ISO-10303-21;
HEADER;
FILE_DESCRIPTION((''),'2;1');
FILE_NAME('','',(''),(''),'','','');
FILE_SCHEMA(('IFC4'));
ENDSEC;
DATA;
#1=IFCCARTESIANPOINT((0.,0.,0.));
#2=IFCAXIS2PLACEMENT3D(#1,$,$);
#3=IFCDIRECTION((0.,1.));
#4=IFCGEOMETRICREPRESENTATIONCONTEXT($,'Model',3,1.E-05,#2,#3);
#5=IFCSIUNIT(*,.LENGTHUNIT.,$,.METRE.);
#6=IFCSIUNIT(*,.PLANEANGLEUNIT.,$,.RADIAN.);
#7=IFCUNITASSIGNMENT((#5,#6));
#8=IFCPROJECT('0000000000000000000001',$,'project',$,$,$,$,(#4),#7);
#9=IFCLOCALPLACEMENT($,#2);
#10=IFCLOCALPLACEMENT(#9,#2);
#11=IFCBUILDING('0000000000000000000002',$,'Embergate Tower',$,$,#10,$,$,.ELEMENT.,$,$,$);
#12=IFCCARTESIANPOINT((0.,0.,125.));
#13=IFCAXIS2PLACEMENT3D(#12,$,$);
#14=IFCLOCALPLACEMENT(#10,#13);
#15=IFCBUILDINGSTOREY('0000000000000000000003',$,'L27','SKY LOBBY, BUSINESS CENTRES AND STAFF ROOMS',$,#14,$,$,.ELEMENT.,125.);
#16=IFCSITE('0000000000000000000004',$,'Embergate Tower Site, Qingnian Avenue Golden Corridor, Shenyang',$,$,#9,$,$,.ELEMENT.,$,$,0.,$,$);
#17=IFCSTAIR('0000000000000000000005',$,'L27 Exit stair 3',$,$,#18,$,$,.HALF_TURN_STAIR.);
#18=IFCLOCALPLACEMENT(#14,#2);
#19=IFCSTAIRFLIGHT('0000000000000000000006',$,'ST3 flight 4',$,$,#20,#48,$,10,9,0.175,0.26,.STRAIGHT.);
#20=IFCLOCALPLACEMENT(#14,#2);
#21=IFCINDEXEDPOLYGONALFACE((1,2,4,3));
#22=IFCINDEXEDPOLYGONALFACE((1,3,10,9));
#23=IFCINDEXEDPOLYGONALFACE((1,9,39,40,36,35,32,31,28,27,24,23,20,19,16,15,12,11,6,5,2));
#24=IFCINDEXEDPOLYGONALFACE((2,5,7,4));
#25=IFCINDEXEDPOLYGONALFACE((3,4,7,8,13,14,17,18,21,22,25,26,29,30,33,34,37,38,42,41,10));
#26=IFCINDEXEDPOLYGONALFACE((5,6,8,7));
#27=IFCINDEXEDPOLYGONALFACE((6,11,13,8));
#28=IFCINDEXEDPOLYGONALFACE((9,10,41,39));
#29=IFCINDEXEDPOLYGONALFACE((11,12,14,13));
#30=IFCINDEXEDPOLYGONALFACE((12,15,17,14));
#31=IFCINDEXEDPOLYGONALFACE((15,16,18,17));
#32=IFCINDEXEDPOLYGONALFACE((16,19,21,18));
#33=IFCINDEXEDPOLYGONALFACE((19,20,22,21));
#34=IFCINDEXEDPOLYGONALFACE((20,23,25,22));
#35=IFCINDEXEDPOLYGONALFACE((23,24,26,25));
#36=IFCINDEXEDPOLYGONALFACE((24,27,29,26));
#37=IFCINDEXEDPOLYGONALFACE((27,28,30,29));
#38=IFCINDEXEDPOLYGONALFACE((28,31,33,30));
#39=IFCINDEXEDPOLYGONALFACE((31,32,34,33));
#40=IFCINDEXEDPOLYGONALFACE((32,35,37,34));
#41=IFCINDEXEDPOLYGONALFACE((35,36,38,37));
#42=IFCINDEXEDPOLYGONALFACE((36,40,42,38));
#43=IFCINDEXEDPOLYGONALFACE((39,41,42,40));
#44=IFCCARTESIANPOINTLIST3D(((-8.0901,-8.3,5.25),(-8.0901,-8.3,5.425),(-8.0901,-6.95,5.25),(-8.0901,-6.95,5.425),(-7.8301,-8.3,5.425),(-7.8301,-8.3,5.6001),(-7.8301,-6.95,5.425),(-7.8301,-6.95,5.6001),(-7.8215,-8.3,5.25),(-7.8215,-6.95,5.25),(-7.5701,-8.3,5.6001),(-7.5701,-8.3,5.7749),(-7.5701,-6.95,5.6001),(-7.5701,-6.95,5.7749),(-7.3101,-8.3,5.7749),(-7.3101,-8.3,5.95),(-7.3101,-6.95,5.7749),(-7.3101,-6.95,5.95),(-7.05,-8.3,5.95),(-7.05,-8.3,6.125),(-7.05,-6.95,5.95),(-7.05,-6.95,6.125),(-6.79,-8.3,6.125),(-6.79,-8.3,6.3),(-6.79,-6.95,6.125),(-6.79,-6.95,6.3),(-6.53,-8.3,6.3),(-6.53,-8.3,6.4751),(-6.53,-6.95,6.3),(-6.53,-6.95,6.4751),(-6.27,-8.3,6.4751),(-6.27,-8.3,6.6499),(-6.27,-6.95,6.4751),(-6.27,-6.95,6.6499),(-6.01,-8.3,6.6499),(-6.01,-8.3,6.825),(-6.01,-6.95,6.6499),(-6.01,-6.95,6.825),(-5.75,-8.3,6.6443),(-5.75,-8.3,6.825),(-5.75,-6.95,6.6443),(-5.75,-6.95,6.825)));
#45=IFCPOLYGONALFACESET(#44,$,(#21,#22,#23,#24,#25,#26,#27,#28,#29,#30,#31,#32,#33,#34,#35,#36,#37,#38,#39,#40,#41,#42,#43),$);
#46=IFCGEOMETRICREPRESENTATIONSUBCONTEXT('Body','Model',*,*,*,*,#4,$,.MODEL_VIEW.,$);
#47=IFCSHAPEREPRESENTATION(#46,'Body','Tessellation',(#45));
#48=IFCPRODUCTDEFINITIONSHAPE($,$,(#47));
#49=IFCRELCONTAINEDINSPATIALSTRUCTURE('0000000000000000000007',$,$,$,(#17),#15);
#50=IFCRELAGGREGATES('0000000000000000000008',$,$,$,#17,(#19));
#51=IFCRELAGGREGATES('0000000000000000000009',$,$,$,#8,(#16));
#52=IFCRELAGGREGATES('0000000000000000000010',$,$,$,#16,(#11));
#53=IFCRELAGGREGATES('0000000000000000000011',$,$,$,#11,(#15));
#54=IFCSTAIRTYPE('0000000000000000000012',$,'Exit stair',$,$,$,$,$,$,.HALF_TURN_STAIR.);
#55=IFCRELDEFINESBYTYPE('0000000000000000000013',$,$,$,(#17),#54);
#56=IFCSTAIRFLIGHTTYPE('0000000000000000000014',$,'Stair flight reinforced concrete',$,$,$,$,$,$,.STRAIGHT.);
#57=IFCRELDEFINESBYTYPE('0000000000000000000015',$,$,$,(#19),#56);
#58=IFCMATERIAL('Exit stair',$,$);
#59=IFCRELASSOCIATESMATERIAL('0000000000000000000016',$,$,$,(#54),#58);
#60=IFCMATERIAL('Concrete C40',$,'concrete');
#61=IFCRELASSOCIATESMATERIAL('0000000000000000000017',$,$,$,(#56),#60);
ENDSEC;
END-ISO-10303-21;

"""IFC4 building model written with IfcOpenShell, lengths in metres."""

from ifc_helpers import new_model, si_unit, direction, frame, origin, place, context, subcontext, project, spatial, polyline, outline, extrude, source, transform, mapped, material, type_object, element, aggregate, save


model = new_model("IFC4")

# Units and contexts
model_context = context("Model", 3, precision=1e-05, world=origin(), true_north=direction((0.0, 1.0)))
body_context = subcontext(model_context, "Body", "Model", "MODEL_VIEW")
ifc_project = project(units=[si_unit("LENGTHUNIT", "METRE"), si_unit("PLANEANGLEUNIT", "RADIAN")], contexts=[model_context])

# Site, building, storey
site_placement = place(None, origin())
site = spatial("IfcSite", under=ifc_project, at=site_placement, Name="Embergate Tower Site, Qingnian Avenue Golden Corridor, Shenyang", CompositionType="ELEMENT", RefElevation=0.0)
building_placement = place(site_placement, origin())
building = spatial("IfcBuilding", under=site, at=building_placement, Name="Embergate Tower", CompositionType="ELEMENT")
storey_placement = place(building_placement, frame((0.0, 0.0, 125.0)))
storey = spatial("IfcBuildingStorey", under=building, at=storey_placement, Name="L27", Description="SKY LOBBY, BUSINESS CENTRES AND STAFF ROOMS", CompositionType="ELEMENT", Elevation=125.0)

# Stair
ifc_material_1 = material(Name="Exit stair")
stair_type = type_object("IfcStairType", Name="Exit stair", PredefinedType="HALF_TURN_STAIR", material=ifc_material_1)
stair_placement = place(storey_placement, origin())
stair = element("IfcStair", 1, at=stair_placement, inside=storey, type_object=stair_type, Name="L27 Exit stair 3", PredefinedType="HALF_TURN_STAIR")
ifc_material_2 = material(Name="Concrete C40", Category="concrete")

# Stair flight
stair_flight_type = type_object("IfcStairFlightType", Name="Stair flight reinforced concrete", PredefinedType="STRAIGHT", material=ifc_material_2)
shared_shape_1 = source(origin(), body_context, "Body", "SweptSolid", [
    extrude(outline(polyline([(0.0, 0.0), (0.0, 0.175), (0.26, 0.175), (0.26, 0.3501), (0.52, 0.3501), (0.52, 0.5249), (0.78, 0.5249), (0.78, 0.7), (1.04, 0.7), (1.04, 0.875), (1.3, 0.875), (1.3, 1.05), (1.5601, 1.05), (1.5601, 1.2251), (1.8201, 1.2251), (1.8201, 1.3999), (2.0801, 1.3999), (2.0801, 1.575), (2.3401, 1.575), (2.3401, 1.75), (2.3401, 1.3943), (0.2686, 0.0), (0.0, 0.0)])), frame((0.0, 0.675, 0.0), z_axis=(0.0, -1.0, 0.0), x_axis=(1.0, 0.0, 0.0)), (0.0, 0.0, 1.0), 1.3501),
])
stair_flight_1_placement = place(storey_placement, frame((-8.0901, -7.625, 5.25), z_axis=(0.0, 0.0, 1.0), x_axis=(1.0, 0.0, 0.0)))
stair_flight_1 = element("IfcStairFlight", 2, at=stair_flight_1_placement, type_object=stair_flight_type, Name="ST3 flight 4", NumberOfRisers=10, NumberOfTreads=9, PredefinedType="STRAIGHT", RiserHeight=0.175, TreadLength=0.26, context=body_context, shape_type="MappedRepresentation", body=[
    mapped(shared_shape_1, transform((0.0, 0.0, 0.0))),
])
aggregate(stair, [stair_flight_1])

save(model, "model.ifc")
